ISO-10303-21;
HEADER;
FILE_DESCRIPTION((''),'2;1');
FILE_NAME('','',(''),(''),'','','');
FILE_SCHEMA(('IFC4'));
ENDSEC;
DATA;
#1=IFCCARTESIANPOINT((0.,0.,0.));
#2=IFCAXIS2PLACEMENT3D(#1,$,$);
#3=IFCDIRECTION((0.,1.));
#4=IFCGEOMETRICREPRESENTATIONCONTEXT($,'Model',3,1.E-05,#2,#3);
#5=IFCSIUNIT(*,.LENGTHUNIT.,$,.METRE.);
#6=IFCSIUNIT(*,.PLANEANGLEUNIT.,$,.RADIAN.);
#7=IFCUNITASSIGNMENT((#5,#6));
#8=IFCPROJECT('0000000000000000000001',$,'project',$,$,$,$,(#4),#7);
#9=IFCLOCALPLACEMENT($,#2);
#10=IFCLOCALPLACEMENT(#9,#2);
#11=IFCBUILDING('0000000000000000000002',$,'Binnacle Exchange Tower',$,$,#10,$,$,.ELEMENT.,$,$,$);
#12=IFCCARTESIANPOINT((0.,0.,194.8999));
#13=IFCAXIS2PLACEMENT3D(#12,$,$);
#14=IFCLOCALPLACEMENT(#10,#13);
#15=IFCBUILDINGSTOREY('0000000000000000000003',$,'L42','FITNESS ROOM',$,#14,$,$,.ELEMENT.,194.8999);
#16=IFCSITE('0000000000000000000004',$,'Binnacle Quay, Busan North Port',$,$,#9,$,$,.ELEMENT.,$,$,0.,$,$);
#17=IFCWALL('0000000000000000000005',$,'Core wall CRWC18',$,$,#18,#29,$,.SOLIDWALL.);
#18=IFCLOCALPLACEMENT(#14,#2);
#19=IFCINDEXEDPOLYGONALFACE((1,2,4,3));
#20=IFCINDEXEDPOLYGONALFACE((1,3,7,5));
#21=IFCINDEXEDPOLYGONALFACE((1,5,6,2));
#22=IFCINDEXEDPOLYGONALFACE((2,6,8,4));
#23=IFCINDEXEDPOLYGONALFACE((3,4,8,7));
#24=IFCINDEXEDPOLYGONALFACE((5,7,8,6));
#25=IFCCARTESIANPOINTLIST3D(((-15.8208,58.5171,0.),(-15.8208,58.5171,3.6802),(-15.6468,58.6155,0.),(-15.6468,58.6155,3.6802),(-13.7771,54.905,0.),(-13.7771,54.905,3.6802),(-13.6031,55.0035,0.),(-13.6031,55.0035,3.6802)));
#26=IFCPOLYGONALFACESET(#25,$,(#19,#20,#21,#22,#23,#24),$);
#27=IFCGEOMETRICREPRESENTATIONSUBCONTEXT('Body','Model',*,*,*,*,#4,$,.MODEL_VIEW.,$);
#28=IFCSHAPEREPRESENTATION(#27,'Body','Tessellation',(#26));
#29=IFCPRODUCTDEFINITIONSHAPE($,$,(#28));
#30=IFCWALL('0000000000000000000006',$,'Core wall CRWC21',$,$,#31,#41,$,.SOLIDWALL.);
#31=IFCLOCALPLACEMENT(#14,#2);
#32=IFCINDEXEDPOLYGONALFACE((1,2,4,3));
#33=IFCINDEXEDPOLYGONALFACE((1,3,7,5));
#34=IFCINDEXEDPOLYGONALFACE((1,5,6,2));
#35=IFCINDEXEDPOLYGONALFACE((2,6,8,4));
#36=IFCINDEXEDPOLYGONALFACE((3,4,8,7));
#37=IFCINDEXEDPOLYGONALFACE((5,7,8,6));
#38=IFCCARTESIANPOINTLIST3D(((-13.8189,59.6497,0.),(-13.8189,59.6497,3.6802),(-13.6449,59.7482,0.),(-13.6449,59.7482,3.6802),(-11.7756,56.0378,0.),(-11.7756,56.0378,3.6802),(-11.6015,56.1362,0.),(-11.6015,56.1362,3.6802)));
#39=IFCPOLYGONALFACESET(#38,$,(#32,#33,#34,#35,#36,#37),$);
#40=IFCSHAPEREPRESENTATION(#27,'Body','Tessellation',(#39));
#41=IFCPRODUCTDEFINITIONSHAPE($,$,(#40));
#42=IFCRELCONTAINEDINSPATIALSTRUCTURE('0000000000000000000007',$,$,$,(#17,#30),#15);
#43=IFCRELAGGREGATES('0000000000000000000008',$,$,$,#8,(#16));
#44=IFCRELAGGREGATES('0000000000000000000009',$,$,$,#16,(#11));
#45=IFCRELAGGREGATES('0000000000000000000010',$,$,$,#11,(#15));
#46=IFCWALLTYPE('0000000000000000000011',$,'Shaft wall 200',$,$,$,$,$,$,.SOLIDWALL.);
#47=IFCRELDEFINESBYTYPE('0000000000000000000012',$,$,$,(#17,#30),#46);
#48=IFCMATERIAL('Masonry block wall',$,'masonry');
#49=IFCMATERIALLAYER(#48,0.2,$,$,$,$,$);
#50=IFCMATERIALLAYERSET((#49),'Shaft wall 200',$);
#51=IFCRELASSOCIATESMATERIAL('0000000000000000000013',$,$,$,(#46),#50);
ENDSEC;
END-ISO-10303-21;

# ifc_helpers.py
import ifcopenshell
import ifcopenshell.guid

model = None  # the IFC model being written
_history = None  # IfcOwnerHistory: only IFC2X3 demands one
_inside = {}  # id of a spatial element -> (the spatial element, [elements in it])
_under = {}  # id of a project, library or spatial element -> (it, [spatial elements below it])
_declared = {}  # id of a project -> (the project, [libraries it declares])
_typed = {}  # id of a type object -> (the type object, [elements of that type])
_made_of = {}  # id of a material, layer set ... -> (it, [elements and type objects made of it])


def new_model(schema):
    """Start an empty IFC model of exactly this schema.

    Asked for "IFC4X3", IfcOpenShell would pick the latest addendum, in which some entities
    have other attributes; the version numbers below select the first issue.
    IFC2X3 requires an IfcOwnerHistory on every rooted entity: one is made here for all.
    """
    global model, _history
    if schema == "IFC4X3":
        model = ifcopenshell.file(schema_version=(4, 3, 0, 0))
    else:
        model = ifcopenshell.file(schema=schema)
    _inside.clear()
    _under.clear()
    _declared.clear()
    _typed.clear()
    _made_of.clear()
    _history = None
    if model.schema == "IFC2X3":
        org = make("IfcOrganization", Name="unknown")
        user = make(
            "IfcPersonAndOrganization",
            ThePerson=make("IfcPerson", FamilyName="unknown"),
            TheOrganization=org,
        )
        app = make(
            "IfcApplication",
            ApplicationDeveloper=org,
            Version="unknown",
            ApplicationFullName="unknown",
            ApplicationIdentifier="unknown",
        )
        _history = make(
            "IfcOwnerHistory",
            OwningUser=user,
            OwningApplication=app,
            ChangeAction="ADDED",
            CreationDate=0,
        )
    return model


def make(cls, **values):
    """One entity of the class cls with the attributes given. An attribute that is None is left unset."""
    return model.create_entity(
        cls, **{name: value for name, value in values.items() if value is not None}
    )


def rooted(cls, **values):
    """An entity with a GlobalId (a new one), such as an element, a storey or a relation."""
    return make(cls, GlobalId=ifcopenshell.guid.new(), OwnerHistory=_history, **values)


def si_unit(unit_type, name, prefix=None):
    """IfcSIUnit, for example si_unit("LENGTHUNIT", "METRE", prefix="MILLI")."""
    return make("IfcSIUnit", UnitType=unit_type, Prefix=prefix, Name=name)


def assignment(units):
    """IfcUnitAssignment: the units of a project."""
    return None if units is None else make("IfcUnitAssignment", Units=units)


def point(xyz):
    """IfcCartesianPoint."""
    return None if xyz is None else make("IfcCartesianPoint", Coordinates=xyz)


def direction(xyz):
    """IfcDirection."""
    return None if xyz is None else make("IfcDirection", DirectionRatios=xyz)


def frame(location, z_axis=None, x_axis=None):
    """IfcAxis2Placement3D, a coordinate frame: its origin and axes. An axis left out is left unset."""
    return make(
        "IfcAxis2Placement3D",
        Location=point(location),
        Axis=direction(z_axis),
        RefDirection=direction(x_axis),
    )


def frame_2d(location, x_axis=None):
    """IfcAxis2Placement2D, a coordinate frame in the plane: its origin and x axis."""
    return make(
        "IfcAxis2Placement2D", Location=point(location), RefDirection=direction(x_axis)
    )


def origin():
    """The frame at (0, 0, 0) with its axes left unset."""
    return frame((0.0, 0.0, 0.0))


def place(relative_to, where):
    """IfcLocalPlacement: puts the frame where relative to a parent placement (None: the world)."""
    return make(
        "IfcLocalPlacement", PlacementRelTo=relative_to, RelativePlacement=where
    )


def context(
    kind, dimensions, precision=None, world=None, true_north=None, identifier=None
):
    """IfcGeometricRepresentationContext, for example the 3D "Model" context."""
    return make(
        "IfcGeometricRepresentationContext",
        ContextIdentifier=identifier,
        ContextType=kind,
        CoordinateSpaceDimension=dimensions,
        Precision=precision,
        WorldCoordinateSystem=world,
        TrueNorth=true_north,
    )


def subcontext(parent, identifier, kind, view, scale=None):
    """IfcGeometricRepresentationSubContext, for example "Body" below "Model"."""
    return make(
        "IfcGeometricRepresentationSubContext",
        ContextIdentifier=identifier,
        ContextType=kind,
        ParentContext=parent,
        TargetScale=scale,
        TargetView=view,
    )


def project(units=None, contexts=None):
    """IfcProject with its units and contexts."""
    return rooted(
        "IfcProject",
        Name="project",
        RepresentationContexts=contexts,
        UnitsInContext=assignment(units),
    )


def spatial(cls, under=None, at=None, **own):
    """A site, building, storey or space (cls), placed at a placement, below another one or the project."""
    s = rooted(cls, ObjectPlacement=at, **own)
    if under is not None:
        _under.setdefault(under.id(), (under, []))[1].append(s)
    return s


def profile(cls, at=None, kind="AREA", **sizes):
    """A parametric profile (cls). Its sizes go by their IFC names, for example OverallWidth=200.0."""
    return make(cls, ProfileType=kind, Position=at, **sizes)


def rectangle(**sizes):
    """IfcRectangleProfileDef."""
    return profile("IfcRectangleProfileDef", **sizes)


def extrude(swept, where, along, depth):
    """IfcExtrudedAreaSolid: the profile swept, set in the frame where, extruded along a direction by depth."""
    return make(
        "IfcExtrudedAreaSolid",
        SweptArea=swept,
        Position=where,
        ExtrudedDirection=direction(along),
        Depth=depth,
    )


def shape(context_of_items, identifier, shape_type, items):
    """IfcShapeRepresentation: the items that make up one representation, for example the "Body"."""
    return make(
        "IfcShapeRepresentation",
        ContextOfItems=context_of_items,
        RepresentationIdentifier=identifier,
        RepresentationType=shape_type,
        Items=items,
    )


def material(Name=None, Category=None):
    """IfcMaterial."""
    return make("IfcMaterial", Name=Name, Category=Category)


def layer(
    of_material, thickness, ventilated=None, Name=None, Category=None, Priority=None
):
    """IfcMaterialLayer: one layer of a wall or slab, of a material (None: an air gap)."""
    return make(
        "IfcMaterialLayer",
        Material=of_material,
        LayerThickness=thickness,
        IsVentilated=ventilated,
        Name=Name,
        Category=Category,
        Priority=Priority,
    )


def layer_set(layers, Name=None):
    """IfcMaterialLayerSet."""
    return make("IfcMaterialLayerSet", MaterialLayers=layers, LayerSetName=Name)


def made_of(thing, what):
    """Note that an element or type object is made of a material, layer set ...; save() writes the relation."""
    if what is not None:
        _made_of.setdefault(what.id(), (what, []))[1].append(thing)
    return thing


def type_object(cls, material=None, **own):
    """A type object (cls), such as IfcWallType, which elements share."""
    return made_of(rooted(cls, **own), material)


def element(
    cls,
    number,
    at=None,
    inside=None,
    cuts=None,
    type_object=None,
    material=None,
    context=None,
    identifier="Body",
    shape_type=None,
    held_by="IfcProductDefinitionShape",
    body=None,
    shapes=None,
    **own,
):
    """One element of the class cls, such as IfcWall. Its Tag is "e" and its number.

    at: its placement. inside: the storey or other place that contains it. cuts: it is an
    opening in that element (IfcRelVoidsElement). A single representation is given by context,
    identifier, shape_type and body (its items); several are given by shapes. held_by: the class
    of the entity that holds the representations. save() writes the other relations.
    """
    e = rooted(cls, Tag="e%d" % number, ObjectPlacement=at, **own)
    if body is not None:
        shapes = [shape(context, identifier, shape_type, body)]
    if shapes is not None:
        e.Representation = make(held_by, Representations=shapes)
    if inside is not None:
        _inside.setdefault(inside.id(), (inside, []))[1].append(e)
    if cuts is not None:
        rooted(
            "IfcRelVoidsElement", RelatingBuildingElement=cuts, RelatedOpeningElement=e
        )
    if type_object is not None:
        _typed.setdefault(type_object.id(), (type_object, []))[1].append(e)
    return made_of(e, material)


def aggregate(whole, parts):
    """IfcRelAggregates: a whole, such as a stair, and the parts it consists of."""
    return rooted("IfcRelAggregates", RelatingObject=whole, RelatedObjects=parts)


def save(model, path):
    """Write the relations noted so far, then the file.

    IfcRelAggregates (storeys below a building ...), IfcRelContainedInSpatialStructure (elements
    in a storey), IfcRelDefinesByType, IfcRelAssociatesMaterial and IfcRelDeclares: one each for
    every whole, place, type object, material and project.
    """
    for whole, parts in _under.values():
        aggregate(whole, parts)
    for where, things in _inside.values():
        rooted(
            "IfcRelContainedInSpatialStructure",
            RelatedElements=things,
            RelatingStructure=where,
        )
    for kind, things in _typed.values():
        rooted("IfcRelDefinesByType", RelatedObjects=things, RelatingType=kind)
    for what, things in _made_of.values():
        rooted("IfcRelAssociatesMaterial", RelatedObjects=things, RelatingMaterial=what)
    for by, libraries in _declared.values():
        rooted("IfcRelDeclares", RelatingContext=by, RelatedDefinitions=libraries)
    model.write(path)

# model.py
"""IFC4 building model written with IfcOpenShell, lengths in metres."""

from ifc_helpers import new_model, si_unit, direction, frame, frame_2d, origin, place, context, subcontext, project, spatial, rectangle, extrude, material, layer, layer_set, type_object, element, save


model = new_model("IFC4")

# Units and contexts
model_context = context("Model", 3, precision=1e-05, world=origin(), true_north=direction((0.0, 1.0)))
body_context = subcontext(model_context, "Body", "Model", "MODEL_VIEW")
ifc_project = project(units=[si_unit("LENGTHUNIT", "METRE"), si_unit("PLANEANGLEUNIT", "RADIAN")], contexts=[model_context])

# Site, building, storey
site_placement = place(None, origin())
site = spatial("IfcSite", under=ifc_project, at=site_placement, Name="Binnacle Quay, Busan North Port", CompositionType="ELEMENT", RefElevation=0.0)
building_placement = place(site_placement, origin())
building = spatial("IfcBuilding", under=site, at=building_placement, Name="Binnacle Exchange Tower", CompositionType="ELEMENT")
storey_placement = place(building_placement, frame((0.0, 0.0, 194.8999)))
storey = spatial("IfcBuildingStorey", under=building, at=storey_placement, Name="L42", Description="FITNESS ROOM", CompositionType="ELEMENT", Elevation=194.8999)

# Walls
ifc_material_1 = material(Name="Masonry block wall", Category="masonry")
ifc_layer_1 = layer(ifc_material_1, 0.2)
ifc_layer_set_1 = layer_set([ifc_layer_1], Name="Shaft wall 200")
wall_type_1 = type_object("IfcWallType", Name="Shaft wall 200", PredefinedType="SOLIDWALL", material=ifc_layer_set_1)
wall_1_placement = place(storey_placement, frame((-15.7339, 58.5664, 0.0), z_axis=(0.0, 0.0, 1.0), x_axis=(0.492441, -0.870346, 0.0)))
element("IfcWall", 1, at=wall_1_placement, inside=storey, type_object=wall_type_1, Name="Core wall CRWC18", PredefinedType="SOLIDWALL", context=body_context, shape_type="SweptSolid", body=[
    extrude(rectangle(XDim=4.1501, YDim=0.2, at=frame_2d((2.0752, 0.0))), origin(), (0.0, 0.0, 1.0), 3.6802),
])
wall_2_placement = place(storey_placement, frame((-13.7319, 59.699, 0.0), z_axis=(0.0, 0.0, 1.0), x_axis=(0.492396, -0.870371, 0.0)))
element("IfcWall", 2, at=wall_2_placement, inside=storey, type_object=wall_type_1, Name="Core wall CRWC21", PredefinedType="SOLIDWALL", context=body_context, shape_type="SweptSolid", body=[
    extrude(rectangle(XDim=4.1499, YDim=0.2, at=frame_2d((2.075, 0.0))), origin(), (0.0, 0.0, 1.0), 3.6802),
])

save(model, "model.ifc")
